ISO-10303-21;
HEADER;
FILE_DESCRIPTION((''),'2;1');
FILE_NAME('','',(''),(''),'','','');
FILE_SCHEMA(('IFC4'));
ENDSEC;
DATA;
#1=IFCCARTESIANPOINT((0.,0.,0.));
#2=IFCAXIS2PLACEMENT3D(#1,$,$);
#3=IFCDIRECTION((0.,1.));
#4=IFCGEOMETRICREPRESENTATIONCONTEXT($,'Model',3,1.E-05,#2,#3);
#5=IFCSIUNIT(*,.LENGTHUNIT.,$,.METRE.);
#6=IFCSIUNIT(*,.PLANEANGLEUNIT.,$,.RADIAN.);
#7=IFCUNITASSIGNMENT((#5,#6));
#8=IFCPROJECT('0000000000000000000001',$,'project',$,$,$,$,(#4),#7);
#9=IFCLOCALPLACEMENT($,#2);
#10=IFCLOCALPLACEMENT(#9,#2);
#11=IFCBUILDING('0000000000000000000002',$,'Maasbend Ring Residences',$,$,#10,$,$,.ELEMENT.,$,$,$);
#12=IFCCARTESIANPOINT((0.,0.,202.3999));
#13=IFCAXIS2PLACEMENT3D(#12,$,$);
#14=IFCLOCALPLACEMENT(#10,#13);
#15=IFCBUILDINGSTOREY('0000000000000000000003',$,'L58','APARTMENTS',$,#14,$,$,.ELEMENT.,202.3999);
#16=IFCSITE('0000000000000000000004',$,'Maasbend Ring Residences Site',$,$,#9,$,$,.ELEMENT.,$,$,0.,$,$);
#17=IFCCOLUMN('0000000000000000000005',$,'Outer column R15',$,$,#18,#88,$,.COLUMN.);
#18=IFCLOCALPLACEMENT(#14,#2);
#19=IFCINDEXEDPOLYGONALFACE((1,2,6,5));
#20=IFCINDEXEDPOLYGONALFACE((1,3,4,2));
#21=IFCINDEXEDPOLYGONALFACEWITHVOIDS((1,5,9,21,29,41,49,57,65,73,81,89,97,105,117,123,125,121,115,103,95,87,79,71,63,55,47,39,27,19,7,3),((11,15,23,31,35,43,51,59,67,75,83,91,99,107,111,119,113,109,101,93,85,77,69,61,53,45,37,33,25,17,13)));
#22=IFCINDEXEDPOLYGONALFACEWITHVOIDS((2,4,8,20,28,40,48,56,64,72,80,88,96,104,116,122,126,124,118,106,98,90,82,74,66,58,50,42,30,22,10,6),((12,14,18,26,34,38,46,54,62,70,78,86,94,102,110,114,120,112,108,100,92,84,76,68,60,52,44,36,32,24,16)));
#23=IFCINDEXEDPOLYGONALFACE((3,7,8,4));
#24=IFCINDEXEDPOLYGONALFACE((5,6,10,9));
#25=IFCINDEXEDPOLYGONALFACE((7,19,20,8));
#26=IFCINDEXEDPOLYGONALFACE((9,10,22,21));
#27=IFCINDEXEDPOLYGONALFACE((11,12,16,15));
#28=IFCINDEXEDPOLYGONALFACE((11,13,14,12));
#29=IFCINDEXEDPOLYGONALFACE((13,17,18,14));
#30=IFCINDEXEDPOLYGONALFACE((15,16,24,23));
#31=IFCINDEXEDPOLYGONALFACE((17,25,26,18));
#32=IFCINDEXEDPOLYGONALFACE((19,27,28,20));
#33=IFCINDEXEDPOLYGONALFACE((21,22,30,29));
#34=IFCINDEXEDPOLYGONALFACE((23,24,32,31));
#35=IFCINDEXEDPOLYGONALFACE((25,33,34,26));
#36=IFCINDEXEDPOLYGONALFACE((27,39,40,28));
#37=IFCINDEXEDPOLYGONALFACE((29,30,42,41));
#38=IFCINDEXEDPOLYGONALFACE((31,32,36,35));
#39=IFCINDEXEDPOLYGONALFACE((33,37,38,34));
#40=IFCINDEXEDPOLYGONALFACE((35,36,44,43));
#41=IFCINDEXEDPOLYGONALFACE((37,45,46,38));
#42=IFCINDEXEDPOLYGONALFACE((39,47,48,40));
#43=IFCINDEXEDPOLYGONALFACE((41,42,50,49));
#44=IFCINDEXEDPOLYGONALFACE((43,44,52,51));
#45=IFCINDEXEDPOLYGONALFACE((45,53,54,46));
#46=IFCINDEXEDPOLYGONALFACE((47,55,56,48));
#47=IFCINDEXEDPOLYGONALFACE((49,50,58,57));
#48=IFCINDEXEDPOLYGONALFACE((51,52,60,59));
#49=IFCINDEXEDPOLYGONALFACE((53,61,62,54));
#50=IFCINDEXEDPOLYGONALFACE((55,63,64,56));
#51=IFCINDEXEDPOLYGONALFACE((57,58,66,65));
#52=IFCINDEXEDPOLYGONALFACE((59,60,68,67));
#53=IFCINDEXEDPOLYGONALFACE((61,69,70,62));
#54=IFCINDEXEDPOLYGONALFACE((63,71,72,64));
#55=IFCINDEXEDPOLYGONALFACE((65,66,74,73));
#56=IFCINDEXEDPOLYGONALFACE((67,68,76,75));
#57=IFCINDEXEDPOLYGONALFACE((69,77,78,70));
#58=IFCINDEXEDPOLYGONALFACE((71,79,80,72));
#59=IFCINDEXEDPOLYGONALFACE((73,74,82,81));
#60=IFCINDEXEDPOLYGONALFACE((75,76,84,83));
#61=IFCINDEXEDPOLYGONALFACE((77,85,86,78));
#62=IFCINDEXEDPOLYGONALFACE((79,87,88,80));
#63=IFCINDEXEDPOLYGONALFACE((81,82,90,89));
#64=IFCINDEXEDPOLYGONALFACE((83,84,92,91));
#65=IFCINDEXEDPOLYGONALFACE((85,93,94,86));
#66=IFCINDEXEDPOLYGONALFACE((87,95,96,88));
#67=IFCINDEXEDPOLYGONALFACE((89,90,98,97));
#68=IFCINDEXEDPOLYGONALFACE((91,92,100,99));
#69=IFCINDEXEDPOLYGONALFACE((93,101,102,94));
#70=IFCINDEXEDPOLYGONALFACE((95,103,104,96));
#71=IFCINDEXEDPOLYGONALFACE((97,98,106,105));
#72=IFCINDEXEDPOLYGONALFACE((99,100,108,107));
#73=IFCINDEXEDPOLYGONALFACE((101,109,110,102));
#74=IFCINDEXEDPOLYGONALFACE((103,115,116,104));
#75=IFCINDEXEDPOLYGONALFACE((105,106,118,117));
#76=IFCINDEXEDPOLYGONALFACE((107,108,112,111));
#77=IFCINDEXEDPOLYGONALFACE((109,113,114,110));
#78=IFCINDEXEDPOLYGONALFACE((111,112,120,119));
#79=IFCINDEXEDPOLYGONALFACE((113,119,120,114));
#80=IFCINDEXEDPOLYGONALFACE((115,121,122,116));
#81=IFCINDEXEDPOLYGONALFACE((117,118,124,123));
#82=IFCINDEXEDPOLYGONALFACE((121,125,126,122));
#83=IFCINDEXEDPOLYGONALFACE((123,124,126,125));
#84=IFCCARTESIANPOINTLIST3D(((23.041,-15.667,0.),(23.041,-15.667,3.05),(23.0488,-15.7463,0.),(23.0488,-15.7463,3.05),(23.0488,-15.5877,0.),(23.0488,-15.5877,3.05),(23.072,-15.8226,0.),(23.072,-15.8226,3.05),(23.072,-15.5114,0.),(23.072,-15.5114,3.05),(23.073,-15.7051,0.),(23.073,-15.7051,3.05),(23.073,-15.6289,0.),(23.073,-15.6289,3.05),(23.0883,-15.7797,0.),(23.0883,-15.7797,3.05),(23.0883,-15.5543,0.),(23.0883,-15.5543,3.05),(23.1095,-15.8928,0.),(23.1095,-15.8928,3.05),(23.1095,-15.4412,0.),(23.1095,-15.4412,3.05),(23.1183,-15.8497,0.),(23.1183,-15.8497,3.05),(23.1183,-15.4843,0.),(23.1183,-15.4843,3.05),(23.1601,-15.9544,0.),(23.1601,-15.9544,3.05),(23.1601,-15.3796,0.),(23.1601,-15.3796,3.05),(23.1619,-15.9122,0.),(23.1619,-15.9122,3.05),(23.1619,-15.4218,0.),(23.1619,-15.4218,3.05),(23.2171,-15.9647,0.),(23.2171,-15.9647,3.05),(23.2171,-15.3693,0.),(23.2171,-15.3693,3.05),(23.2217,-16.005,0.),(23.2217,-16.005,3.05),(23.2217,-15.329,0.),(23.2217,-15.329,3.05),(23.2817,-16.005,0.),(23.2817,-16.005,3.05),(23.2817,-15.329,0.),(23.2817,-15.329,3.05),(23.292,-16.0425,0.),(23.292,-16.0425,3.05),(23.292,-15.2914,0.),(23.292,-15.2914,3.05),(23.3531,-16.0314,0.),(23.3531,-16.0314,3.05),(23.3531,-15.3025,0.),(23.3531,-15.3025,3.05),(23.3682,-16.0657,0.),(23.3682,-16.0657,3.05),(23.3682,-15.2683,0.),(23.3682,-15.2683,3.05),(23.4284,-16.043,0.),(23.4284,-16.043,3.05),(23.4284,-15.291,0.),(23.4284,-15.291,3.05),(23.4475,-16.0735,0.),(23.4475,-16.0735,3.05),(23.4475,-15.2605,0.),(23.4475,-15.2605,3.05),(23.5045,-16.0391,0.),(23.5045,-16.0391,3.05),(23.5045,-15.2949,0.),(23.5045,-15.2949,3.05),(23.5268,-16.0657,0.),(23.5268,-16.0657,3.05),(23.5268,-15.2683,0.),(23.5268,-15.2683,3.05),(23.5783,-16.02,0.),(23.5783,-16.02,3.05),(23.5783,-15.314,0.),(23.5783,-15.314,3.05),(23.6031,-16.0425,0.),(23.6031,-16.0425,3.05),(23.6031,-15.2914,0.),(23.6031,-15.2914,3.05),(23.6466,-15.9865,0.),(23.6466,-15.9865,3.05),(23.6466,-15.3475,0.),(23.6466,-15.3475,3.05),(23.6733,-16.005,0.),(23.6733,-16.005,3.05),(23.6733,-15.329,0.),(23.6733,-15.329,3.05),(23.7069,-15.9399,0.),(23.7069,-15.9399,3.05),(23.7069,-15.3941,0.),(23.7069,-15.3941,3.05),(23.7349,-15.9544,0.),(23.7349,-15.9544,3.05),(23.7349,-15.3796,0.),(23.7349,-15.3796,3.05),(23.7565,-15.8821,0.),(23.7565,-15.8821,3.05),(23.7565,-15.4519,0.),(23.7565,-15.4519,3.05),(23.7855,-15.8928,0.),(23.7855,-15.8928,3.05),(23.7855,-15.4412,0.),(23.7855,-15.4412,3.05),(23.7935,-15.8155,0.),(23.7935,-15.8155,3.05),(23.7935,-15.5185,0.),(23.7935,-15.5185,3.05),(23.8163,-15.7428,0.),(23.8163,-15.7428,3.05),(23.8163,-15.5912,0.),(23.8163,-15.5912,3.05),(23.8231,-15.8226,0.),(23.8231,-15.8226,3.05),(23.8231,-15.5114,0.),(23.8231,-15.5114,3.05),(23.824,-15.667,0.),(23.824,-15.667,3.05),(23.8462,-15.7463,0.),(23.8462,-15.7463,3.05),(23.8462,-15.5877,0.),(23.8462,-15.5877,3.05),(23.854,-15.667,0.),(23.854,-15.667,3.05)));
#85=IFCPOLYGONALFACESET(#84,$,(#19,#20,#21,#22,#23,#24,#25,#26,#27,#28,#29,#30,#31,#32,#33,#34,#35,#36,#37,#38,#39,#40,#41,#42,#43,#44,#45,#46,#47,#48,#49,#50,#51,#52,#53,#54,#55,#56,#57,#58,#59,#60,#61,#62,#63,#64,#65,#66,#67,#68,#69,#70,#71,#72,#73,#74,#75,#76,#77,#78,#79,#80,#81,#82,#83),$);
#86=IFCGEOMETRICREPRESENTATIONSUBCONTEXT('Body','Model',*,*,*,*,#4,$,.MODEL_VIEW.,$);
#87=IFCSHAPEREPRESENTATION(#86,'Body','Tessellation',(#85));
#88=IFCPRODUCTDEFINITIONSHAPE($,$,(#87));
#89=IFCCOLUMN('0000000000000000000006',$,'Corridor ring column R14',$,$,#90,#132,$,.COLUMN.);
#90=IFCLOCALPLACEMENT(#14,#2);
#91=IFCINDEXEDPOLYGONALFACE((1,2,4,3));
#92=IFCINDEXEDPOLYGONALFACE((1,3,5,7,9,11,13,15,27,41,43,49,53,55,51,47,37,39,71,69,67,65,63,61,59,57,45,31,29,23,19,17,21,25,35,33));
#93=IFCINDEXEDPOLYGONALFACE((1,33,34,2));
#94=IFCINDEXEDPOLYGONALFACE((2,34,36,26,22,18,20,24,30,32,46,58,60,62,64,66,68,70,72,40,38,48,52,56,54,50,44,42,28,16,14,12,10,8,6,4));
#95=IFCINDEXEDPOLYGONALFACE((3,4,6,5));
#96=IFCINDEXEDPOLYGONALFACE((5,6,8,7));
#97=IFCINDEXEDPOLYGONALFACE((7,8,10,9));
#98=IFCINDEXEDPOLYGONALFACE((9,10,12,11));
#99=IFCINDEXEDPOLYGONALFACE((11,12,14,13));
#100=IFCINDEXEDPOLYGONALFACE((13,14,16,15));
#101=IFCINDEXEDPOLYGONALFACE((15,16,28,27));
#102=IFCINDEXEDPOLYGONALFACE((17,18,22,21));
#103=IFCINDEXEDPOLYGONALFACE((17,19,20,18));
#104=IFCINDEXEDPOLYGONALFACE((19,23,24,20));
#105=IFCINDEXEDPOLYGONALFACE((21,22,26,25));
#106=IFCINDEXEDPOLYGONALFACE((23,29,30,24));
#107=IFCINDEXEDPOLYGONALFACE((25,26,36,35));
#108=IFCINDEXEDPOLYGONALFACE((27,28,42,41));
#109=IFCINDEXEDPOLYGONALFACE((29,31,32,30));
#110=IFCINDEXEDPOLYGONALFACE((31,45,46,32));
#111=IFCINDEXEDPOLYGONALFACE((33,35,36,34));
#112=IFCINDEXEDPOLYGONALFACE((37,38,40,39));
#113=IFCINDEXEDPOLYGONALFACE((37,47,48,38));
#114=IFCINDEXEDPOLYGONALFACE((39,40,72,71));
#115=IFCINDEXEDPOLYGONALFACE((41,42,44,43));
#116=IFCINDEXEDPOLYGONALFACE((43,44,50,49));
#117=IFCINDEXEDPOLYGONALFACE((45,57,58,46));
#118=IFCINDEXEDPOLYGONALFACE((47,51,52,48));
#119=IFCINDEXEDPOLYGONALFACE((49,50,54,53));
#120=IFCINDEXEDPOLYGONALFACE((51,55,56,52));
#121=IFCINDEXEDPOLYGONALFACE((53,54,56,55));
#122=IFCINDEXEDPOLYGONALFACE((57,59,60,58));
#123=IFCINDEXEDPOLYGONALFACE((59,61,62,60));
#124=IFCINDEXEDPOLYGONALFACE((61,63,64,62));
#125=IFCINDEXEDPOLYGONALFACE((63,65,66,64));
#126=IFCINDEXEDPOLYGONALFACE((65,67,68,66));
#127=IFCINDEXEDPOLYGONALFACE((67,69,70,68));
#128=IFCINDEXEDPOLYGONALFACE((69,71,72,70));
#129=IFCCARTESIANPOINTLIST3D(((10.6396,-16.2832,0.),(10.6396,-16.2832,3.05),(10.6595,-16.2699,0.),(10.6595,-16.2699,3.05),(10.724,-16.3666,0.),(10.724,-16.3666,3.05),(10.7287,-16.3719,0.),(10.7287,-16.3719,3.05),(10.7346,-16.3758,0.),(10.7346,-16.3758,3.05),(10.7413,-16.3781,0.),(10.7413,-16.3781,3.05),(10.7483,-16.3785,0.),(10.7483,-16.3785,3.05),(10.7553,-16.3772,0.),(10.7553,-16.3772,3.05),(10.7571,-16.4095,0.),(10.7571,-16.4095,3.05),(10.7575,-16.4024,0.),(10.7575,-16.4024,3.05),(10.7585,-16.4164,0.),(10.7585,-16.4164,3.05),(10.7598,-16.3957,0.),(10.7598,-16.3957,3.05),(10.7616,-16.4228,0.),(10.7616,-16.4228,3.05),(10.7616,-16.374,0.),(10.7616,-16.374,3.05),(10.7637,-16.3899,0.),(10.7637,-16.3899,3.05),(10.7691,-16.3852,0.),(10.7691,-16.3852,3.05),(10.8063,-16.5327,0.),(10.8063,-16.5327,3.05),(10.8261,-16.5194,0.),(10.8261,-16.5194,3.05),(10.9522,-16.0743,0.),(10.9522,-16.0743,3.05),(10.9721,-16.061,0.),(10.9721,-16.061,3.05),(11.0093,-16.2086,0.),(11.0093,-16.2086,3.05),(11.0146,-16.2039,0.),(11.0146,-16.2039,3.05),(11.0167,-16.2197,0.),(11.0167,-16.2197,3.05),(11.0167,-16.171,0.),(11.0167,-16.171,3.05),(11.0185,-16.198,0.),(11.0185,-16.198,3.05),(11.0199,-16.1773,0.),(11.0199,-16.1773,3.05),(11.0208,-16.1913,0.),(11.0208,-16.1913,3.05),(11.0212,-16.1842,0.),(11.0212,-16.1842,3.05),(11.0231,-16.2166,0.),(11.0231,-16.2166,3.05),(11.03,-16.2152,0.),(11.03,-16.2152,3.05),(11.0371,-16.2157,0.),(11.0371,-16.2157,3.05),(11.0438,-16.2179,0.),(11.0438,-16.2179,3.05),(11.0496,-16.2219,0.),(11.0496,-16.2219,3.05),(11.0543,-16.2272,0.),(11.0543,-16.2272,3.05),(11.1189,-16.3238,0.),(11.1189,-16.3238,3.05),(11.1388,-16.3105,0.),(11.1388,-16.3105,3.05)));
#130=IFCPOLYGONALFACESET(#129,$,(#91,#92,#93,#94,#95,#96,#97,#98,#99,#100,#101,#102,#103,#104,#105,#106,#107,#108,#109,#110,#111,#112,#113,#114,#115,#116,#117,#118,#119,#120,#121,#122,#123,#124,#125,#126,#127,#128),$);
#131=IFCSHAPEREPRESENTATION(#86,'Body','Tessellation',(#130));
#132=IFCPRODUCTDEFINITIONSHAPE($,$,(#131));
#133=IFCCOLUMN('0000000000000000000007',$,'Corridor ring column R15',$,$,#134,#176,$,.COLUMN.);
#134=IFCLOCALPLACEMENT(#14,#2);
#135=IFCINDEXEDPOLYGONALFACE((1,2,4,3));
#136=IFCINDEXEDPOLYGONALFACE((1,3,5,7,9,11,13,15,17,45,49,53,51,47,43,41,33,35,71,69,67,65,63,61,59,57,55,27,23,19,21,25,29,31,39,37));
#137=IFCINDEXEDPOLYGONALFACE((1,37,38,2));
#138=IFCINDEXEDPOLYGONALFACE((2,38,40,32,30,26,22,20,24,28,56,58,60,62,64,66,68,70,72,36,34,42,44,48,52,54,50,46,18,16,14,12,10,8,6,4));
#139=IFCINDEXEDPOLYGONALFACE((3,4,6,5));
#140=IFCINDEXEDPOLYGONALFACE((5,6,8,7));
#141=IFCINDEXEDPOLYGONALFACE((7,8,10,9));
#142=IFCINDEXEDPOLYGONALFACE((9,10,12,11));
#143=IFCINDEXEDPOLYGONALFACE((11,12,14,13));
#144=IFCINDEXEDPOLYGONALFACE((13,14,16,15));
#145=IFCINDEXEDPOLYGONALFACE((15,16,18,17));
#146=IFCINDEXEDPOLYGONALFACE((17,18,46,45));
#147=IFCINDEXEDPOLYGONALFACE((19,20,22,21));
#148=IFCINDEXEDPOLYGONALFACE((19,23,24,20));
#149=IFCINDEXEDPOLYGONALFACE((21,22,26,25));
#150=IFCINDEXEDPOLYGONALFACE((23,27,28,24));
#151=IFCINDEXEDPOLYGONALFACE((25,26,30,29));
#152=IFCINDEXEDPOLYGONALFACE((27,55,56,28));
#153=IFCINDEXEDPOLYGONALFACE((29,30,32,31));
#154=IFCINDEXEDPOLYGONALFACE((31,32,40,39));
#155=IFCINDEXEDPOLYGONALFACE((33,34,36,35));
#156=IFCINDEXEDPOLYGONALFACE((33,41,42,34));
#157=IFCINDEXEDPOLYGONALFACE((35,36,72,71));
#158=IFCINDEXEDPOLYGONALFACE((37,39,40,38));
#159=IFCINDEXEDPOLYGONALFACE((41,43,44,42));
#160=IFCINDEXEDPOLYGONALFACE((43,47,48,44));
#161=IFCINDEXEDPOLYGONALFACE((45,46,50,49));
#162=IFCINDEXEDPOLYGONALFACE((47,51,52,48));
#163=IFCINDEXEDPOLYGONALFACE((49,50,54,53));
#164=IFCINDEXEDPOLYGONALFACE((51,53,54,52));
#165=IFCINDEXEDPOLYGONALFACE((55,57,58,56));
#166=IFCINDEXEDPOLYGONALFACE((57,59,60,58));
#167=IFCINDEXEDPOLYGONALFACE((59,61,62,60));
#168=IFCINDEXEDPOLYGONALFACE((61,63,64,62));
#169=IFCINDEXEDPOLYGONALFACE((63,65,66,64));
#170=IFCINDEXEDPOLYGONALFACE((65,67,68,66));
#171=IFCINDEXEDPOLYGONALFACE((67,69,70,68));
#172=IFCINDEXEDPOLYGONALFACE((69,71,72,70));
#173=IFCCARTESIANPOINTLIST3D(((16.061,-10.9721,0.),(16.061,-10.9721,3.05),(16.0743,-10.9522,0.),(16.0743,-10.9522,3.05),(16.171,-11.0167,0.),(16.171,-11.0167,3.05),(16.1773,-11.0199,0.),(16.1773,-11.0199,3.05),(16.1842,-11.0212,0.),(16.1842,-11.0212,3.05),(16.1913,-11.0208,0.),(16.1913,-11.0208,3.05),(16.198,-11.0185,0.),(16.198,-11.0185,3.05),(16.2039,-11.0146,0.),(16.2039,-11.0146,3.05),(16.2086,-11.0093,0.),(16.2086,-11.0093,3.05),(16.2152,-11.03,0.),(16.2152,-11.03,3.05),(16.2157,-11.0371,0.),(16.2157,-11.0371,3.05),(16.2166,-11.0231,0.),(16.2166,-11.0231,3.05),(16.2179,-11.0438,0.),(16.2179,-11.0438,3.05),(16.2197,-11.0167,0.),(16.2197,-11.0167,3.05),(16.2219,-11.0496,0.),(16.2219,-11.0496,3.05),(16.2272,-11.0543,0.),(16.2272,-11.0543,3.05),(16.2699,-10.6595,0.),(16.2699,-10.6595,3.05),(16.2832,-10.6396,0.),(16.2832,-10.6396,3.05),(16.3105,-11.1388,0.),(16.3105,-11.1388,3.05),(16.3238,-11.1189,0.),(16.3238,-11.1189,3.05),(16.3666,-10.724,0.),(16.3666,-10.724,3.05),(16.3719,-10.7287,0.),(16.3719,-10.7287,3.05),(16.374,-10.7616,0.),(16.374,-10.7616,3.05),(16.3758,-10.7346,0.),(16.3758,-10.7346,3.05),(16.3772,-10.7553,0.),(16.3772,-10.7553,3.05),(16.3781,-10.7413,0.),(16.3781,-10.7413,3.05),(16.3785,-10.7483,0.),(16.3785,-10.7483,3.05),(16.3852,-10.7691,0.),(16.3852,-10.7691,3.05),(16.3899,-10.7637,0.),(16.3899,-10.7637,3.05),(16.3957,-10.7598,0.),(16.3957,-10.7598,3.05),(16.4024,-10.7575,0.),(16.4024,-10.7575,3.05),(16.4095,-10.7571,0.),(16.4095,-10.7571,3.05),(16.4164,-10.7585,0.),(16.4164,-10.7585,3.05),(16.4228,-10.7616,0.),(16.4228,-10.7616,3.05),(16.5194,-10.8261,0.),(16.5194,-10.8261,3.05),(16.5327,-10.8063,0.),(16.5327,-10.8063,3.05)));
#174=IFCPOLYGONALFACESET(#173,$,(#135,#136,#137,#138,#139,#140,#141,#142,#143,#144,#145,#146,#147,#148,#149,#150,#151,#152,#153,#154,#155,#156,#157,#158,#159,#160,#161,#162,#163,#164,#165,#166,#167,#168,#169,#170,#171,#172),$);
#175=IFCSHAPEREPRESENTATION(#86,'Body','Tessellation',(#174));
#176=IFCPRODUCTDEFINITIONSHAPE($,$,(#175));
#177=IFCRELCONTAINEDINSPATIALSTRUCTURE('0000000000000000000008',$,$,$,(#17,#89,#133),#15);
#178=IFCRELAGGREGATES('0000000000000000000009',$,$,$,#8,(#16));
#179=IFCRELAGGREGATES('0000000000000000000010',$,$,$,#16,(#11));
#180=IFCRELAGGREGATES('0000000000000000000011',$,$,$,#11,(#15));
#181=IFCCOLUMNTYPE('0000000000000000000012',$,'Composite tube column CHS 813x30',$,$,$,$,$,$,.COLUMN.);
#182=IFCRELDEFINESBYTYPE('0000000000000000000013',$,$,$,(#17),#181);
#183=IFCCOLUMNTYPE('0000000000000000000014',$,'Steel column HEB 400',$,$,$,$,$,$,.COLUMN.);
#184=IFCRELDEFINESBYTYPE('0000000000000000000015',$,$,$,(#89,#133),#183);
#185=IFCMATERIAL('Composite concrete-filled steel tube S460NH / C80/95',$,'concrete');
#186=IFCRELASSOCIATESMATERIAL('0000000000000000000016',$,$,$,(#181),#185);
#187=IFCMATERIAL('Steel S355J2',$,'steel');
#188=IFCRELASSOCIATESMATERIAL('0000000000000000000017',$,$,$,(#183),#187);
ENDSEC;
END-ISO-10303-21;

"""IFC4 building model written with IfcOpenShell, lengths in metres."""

from ifc_helpers import new_model, si_unit, direction, frame, origin, origin_2d, place, context, subcontext, project, spatial, hollow_circle, i_section, extrude, material, material_profile, profile_set, type_object, element, save


model = new_model("IFC4")

# Units and contexts
model_context = context("Model", 3, precision=1e-05, world=origin(), true_north=direction((0.0, 1.0)))
body_context = subcontext(model_context, "Body", "Model", "MODEL_VIEW")
ifc_project = project(units=[si_unit("LENGTHUNIT", "METRE"), si_unit("PLANEANGLEUNIT", "RADIAN")], contexts=[model_context])

# Site, building, storey
site_placement = place(None, origin())
site = spatial("IfcSite", under=ifc_project, at=site_placement, Name="Maasbend Ring Residences Site", CompositionType="ELEMENT", RefElevation=0.0)
building_placement = place(site_placement, origin())
building = spatial("IfcBuilding", under=site, at=building_placement, Name="Maasbend Ring Residences", CompositionType="ELEMENT")
storey_placement = place(building_placement, frame((0.0, 0.0, 202.3999)))
storey = spatial("IfcBuildingStorey", under=building, at=storey_placement, Name="L58", Description="APARTMENTS", CompositionType="ELEMENT", Elevation=202.3999)

# Columns
ifc_material_1 = material(Name="Composite concrete-filled steel tube S460NH / C80/95", Category="concrete")
ifc_material_profile_1 = material_profile(ifc_material_1, hollow_circle(Radius=0.4065, WallThickness=0.03, at=origin_2d()), Name="Composite tube column CHS 813x30")
ifc_profile_set_1 = profile_set([ifc_material_profile_1], Name="Composite concrete-filled steel tube S460NH / C80/95")
column_type_1 = type_object("IfcColumnType", Name="Composite tube column CHS 813x30", PredefinedType="COLUMN", material=ifc_profile_set_1)
column_placement = place(storey_placement, frame((23.4475, -15.667, 0.0), z_axis=(0.0, 0.0, 1.0), x_axis=(1.0, 0.0, 0.0)))
element("IfcColumn", 1, at=column_placement, inside=storey, type_object=column_type_1, Name="Outer column R15", PredefinedType="COLUMN", context=body_context, shape_type="SweptSolid", body=[
    extrude(hollow_circle(Radius=0.4065, WallThickness=0.03, at=origin_2d()), origin(), (0.0, 0.0, 1.0), 3.05),
])
ifc_material_2 = material(Name="Steel S355J2", Category="steel")
ifc_material_profile_2 = material_profile(ifc_material_2, i_section(OverallWidth=0.3, OverallDepth=0.3999, WebThickness=0.0134, FlangeThickness=0.0239, FilletRadius=0.0271, at=origin_2d()), Name="HEB 400")
ifc_profile_set_2 = profile_set([ifc_material_profile_2], Name="Steel S355J2")
column_type_2 = type_object("IfcColumnType", Name="Steel column HEB 400", PredefinedType="COLUMN", material=ifc_profile_set_2)
for number, where, z_axis, x_axis, name in (
    (2, (10.8892, -16.2969, 0.0), (0.0, 0.0, 1.0), (0.55557, -0.83147, 0.0), "Corridor ring column R14"),
    (3, (16.2969, -10.8892, 0.0), (0.0, 0.0, 1.0), (0.83147, -0.55557, 0.0), "Corridor ring column R15"),
):
    element("IfcColumn", number, at=place(storey_placement, frame(where, z_axis=z_axis, x_axis=x_axis)), inside=storey, type_object=column_type_2, Name=name, PredefinedType="COLUMN", context=body_context, shape_type="SweptSolid", body=[
        extrude(i_section(OverallWidth=0.3, OverallDepth=0.3999, WebThickness=0.0134, FlangeThickness=0.0239, FilletRadius=0.0271, at=origin_2d()), origin(), (0.0, 0.0, 1.0), 3.05),
    ])

save(model, "model.ifc")
